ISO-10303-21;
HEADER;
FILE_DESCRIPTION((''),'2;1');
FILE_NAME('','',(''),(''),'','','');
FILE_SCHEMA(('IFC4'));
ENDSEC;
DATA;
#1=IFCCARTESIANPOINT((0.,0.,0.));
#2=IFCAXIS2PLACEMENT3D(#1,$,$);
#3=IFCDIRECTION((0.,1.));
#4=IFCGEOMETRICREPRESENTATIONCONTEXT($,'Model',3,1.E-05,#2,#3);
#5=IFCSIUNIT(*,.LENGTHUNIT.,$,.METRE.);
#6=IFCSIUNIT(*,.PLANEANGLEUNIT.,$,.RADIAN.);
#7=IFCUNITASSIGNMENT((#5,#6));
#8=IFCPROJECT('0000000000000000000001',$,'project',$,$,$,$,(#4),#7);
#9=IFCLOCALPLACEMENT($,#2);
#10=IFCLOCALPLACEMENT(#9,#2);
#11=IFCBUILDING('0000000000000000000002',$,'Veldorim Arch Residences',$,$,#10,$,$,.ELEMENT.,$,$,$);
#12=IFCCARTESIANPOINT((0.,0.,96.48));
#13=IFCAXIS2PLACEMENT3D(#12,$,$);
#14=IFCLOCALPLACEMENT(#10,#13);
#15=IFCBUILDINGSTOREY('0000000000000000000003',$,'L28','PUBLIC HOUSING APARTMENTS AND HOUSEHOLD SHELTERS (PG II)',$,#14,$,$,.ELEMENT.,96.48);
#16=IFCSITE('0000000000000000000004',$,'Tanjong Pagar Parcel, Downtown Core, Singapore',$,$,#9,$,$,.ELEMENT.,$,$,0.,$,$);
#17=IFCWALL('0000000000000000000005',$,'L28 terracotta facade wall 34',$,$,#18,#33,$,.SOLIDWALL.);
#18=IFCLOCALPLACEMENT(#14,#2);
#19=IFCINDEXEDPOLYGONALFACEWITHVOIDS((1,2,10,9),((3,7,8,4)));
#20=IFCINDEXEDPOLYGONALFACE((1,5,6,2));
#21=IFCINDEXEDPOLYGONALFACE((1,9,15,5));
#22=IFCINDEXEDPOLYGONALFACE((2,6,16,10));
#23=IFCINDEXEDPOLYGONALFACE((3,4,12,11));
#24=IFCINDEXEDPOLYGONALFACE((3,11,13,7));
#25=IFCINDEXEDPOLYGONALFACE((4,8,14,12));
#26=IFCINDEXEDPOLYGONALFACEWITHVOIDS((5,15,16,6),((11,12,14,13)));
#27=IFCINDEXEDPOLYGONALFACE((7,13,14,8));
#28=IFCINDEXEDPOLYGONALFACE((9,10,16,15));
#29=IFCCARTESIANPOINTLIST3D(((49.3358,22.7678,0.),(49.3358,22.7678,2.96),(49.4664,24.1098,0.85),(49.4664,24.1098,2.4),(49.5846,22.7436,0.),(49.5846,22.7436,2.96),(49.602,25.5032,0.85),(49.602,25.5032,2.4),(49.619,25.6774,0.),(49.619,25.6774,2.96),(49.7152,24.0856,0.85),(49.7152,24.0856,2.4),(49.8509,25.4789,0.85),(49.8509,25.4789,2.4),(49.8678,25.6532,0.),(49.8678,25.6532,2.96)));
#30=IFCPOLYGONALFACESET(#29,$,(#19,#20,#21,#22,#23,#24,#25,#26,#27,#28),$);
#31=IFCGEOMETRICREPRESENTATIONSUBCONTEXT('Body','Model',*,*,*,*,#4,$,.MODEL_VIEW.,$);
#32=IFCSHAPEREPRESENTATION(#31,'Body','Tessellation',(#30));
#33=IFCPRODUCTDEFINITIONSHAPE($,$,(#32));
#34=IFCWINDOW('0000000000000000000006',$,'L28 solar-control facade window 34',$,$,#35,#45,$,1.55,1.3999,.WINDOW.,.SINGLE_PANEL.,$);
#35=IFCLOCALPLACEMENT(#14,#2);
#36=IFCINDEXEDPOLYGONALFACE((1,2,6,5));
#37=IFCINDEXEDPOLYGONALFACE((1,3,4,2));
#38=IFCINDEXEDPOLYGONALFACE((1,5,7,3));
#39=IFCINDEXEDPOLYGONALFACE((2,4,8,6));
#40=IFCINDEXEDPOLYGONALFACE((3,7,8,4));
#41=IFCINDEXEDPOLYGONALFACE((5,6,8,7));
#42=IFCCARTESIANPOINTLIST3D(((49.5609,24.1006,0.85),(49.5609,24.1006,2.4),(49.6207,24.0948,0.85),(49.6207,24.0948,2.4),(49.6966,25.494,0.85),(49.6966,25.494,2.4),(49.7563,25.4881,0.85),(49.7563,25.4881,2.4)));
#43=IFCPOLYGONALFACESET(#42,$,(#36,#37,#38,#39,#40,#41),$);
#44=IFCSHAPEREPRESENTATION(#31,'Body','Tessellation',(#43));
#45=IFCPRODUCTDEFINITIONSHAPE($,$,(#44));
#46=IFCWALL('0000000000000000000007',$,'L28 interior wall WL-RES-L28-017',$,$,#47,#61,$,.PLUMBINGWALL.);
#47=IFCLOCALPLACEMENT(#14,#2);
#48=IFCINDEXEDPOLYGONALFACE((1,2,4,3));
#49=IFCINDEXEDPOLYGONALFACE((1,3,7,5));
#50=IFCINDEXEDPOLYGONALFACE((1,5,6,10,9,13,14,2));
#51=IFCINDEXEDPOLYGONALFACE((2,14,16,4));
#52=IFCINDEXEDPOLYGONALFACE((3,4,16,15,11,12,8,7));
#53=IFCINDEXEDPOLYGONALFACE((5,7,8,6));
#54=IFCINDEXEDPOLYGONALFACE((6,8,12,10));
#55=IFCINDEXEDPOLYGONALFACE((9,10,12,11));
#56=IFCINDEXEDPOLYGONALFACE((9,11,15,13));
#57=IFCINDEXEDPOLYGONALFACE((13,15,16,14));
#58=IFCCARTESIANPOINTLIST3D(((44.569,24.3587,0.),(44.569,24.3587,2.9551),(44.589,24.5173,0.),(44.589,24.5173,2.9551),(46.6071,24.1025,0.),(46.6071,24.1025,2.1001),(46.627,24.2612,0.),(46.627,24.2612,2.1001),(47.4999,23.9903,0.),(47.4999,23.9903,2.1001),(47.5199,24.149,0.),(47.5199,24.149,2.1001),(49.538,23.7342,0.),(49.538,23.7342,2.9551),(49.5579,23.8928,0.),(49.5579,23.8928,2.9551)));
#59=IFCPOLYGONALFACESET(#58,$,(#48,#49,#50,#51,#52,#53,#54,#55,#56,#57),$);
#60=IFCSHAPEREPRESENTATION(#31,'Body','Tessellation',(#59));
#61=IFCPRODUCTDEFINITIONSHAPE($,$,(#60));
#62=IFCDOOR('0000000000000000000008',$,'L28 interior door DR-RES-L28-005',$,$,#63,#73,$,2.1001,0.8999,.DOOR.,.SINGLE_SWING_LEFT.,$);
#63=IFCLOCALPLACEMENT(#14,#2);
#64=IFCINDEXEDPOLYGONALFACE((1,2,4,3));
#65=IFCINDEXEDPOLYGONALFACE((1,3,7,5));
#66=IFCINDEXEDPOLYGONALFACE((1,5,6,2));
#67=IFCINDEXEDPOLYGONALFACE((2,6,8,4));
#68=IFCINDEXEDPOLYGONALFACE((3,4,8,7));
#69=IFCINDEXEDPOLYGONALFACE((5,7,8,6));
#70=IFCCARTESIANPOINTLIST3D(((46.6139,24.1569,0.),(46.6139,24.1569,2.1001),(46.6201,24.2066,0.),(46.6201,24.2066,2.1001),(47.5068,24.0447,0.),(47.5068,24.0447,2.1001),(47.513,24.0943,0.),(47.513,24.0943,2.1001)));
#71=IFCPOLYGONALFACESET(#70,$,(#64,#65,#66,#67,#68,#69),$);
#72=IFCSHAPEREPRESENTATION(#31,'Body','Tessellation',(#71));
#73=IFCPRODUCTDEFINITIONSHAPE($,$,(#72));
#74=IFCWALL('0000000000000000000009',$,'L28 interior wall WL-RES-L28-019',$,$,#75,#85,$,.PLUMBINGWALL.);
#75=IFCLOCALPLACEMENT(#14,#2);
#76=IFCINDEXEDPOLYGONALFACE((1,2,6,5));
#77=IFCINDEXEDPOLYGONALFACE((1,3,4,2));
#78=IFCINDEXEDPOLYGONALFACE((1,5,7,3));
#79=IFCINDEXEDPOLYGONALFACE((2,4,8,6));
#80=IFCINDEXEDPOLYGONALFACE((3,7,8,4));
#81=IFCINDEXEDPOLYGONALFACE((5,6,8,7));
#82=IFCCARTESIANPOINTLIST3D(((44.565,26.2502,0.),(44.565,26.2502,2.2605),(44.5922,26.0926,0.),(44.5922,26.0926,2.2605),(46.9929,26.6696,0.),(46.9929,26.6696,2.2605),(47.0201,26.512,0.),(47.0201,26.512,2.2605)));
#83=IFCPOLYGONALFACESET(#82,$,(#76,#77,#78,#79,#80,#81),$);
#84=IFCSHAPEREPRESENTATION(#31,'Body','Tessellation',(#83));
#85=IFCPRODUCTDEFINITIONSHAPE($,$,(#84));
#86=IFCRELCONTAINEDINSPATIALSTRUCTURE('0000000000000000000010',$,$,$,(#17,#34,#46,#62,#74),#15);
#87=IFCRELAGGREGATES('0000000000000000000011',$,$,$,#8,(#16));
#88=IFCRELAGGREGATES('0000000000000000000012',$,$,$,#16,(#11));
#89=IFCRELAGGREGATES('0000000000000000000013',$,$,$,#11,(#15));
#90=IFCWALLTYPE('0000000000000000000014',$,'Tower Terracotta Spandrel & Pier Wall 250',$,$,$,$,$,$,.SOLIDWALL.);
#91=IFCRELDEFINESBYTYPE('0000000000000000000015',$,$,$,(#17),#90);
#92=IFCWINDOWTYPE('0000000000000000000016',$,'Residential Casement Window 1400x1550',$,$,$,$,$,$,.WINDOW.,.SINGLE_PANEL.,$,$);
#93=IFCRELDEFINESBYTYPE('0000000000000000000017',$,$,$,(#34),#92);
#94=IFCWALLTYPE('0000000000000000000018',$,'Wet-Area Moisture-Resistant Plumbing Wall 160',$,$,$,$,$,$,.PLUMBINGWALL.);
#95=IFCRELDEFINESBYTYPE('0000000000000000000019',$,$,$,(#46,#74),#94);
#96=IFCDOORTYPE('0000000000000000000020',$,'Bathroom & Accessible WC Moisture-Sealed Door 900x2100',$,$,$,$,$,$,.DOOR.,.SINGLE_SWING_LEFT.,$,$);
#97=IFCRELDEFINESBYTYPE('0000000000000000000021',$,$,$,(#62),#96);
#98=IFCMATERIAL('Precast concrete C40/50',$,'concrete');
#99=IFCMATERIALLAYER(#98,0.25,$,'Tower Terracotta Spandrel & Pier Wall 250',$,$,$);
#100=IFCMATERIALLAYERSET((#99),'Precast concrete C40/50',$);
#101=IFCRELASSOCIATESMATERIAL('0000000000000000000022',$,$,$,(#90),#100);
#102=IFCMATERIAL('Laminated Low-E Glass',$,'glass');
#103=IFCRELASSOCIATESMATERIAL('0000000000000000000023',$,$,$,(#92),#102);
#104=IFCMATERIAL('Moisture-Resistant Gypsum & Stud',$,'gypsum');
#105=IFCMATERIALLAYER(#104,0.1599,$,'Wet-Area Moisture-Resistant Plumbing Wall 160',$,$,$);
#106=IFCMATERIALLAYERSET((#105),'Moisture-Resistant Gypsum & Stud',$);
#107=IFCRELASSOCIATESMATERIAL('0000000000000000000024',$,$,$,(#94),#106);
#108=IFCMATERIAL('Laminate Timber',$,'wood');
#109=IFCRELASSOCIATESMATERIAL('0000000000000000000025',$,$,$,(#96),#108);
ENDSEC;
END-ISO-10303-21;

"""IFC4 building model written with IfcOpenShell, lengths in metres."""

from ifc_helpers import new_model, si_unit, direction, frame, frame_2d, origin, place, context, subcontext, project, spatial, rectangle, extrude, material, layer, layer_set, type_object, element, fill, save


model = new_model("IFC4")

# Units and contexts
model_context = context("Model", 3, precision=1e-05, world=origin(), true_north=direction((0.0, 1.0)))
body_context = subcontext(model_context, "Body", "Model", "MODEL_VIEW")
ifc_project = project(units=[si_unit("LENGTHUNIT", "METRE"), si_unit("PLANEANGLEUNIT", "RADIAN")], contexts=[model_context])

# Site, building, storey
site_placement = place(None, origin())
site = spatial("IfcSite", under=ifc_project, at=site_placement, Name="Tanjong Pagar Parcel, Downtown Core, Singapore", CompositionType="ELEMENT", RefElevation=0.0)
building_placement = place(site_placement, origin())
building = spatial("IfcBuilding", under=site, at=building_placement, Name="Veldorim Arch Residences", CompositionType="ELEMENT")
storey_placement = place(building_placement, frame((0.0, 0.0, 96.48)))
storey = spatial("IfcBuildingStorey", under=building, at=storey_placement, Name="L28", Description="PUBLIC HOUSING APARTMENTS AND HOUSEHOLD SHELTERS (PG II)", CompositionType="ELEMENT", Elevation=96.48)

# Shared definitions
ifc_material_1 = material(Name="Precast concrete C40/50", Category="concrete")
ifc_layer_1 = layer(ifc_material_1, 0.25, Name="Tower Terracotta Spandrel & Pier Wall 250")
ifc_layer_set_1 = layer_set([ifc_layer_1], Name="Precast concrete C40/50")
wall_type_1 = type_object("IfcWallType", Name="Tower Terracotta Spandrel & Pier Wall 250", PredefinedType="SOLIDWALL", material=ifc_layer_set_1)

# Wall, opening, window
wall_1_placement = place(storey_placement, frame((49.7434, 25.6653, 0.0), z_axis=(0.0, 0.0, 1.0), x_axis=(-0.096874, -0.995297, 0.0)))
wall_1 = element("IfcWall", 1, at=wall_1_placement, inside=storey, type_object=wall_type_1, Name="L28 terracotta facade wall 34", PredefinedType="SOLIDWALL", context=body_context, shape_type="SweptSolid", body=[
    extrude(rectangle(XDim=2.9233, YDim=0.25, at=frame_2d((1.4617, 0.0))), origin(), (0.0, 0.0, 1.0), 2.96),
])
opening_1_placement = place(wall_1_placement, frame((0.175, 0.0, 0.8501)))
opening_1 = element("IfcOpeningElement", 2, at=opening_1_placement, cuts=wall_1, PredefinedType="OPENING", context=body_context, shape_type="SweptSolid", body=[
    extrude(rectangle(XDim=1.3999, YDim=1.55, at=frame_2d((0.7, 0.7749))), frame((0.0, 0.135, 0.0), z_axis=(0.0, -1.0, 0.0), x_axis=(1.0, 0.0, 0.0)), (0.0, 0.0, 1.0), 0.27),
])
ifc_material_2 = material(Name="Laminated Low-E Glass", Category="glass")
window_type_1 = type_object("IfcWindowType", Name="Residential Casement Window 1400x1550", PartitioningType="SINGLE_PANEL", PredefinedType="WINDOW", material=ifc_material_2)
window_1_placement = place(opening_1_placement, origin())
window_1 = element("IfcWindow", 3, at=window_1_placement, inside=storey, type_object=window_type_1, Name="L28 solar-control facade window 34", OverallHeight=1.55, OverallWidth=1.3999, PartitioningType="SINGLE_PANEL", PredefinedType="WINDOW", context=body_context, shape_type="SweptSolid", body=[
    extrude(rectangle(XDim=1.3999, YDim=1.55, at=frame_2d((0.7, 0.7749))), frame((0.0, 0.03, 0.0), z_axis=(0.0, -1.0, 0.0), x_axis=(1.0, 0.0, 0.0)), (0.0, 0.0, 1.0), 0.0601),
])
fill(opening_1, window_1)

# Wall, opening, door
ifc_material_3 = material(Name="Moisture-Resistant Gypsum & Stud", Category="gypsum")
ifc_layer_2 = layer(ifc_material_3, 0.1599, Name="Wet-Area Moisture-Resistant Plumbing Wall 160")
ifc_layer_set_2 = layer_set([ifc_layer_2], Name="Moisture-Resistant Gypsum & Stud")
wall_type_2 = type_object("IfcWallType", Name="Wet-Area Moisture-Resistant Plumbing Wall 160", PredefinedType="PLUMBINGWALL", material=ifc_layer_set_2)
wall_2_placement = place(storey_placement, frame((44.5791, 24.438, 0.0), z_axis=(0.0, 0.0, 1.0), x_axis=(0.992194, -0.124701, 0.0)))
wall_2 = element("IfcWall", 4, at=wall_2_placement, inside=storey, type_object=wall_type_2, Name="L28 interior wall WL-RES-L28-017", PredefinedType="PLUMBINGWALL", context=body_context, shape_type="SweptSolid", body=[
    extrude(rectangle(XDim=5.0081, YDim=0.1599, at=frame_2d((2.5039, 0.0))), origin(), (0.0, 0.0, 1.0), 2.9551),
])
opening_2_placement = place(wall_2_placement, frame((2.054, 0.0, 0.0)))
opening_2 = element("IfcOpeningElement", 5, at=opening_2_placement, cuts=wall_2, PredefinedType="OPENING", context=body_context, shape_type="SweptSolid", body=[
    extrude(rectangle(XDim=0.8999, YDim=2.1001, at=frame_2d((0.45, 1.05))), frame((0.0, 0.0898, 0.0), z_axis=(0.0, -1.0, 0.0), x_axis=(1.0, 0.0, 0.0)), (0.0, 0.0, 1.0), 0.1799),
])
ifc_material_4 = material(Name="Laminate Timber", Category="wood")
door_type_1 = type_object("IfcDoorType", Name="Bathroom & Accessible WC Moisture-Sealed Door 900x2100", OperationType="SINGLE_SWING_LEFT", PredefinedType="DOOR", material=ifc_material_4)
door_1_placement = place(opening_2_placement, origin())
door_1 = element("IfcDoor", 6, at=door_1_placement, inside=storey, type_object=door_type_1, Name="L28 interior door DR-RES-L28-005", OperationType="SINGLE_SWING_LEFT", OverallHeight=2.1001, OverallWidth=0.8999, PredefinedType="DOOR", context=body_context, shape_type="SweptSolid", body=[
    extrude(rectangle(XDim=0.8999, YDim=2.1001, at=frame_2d((0.45, 1.05))), frame((0.0, 0.0249, 0.0), z_axis=(0.0, -1.0, 0.0), x_axis=(1.0, 0.0, 0.0)), (0.0, 0.0, 1.0), 0.05),
])
fill(opening_2, door_1)

# Wall
wall_3_placement = place(storey_placement, frame((44.5786, 26.1714, 0.0), z_axis=(0.0, 0.0, 1.0), x_axis=(0.985405, 0.170229, 0.0)))
element("IfcWall", 7, at=wall_3_placement, inside=storey, type_object=wall_type_2, Name="L28 interior wall WL-RES-L28-019", PredefinedType="PLUMBINGWALL", context=body_context, shape_type="SweptSolid", body=[
    extrude(rectangle(XDim=2.4639, YDim=0.1599, at=frame_2d((1.2319, 0.0))), origin(), (0.0, 0.0, 1.0), 2.2605),
])

save(model, "model.ifc")
